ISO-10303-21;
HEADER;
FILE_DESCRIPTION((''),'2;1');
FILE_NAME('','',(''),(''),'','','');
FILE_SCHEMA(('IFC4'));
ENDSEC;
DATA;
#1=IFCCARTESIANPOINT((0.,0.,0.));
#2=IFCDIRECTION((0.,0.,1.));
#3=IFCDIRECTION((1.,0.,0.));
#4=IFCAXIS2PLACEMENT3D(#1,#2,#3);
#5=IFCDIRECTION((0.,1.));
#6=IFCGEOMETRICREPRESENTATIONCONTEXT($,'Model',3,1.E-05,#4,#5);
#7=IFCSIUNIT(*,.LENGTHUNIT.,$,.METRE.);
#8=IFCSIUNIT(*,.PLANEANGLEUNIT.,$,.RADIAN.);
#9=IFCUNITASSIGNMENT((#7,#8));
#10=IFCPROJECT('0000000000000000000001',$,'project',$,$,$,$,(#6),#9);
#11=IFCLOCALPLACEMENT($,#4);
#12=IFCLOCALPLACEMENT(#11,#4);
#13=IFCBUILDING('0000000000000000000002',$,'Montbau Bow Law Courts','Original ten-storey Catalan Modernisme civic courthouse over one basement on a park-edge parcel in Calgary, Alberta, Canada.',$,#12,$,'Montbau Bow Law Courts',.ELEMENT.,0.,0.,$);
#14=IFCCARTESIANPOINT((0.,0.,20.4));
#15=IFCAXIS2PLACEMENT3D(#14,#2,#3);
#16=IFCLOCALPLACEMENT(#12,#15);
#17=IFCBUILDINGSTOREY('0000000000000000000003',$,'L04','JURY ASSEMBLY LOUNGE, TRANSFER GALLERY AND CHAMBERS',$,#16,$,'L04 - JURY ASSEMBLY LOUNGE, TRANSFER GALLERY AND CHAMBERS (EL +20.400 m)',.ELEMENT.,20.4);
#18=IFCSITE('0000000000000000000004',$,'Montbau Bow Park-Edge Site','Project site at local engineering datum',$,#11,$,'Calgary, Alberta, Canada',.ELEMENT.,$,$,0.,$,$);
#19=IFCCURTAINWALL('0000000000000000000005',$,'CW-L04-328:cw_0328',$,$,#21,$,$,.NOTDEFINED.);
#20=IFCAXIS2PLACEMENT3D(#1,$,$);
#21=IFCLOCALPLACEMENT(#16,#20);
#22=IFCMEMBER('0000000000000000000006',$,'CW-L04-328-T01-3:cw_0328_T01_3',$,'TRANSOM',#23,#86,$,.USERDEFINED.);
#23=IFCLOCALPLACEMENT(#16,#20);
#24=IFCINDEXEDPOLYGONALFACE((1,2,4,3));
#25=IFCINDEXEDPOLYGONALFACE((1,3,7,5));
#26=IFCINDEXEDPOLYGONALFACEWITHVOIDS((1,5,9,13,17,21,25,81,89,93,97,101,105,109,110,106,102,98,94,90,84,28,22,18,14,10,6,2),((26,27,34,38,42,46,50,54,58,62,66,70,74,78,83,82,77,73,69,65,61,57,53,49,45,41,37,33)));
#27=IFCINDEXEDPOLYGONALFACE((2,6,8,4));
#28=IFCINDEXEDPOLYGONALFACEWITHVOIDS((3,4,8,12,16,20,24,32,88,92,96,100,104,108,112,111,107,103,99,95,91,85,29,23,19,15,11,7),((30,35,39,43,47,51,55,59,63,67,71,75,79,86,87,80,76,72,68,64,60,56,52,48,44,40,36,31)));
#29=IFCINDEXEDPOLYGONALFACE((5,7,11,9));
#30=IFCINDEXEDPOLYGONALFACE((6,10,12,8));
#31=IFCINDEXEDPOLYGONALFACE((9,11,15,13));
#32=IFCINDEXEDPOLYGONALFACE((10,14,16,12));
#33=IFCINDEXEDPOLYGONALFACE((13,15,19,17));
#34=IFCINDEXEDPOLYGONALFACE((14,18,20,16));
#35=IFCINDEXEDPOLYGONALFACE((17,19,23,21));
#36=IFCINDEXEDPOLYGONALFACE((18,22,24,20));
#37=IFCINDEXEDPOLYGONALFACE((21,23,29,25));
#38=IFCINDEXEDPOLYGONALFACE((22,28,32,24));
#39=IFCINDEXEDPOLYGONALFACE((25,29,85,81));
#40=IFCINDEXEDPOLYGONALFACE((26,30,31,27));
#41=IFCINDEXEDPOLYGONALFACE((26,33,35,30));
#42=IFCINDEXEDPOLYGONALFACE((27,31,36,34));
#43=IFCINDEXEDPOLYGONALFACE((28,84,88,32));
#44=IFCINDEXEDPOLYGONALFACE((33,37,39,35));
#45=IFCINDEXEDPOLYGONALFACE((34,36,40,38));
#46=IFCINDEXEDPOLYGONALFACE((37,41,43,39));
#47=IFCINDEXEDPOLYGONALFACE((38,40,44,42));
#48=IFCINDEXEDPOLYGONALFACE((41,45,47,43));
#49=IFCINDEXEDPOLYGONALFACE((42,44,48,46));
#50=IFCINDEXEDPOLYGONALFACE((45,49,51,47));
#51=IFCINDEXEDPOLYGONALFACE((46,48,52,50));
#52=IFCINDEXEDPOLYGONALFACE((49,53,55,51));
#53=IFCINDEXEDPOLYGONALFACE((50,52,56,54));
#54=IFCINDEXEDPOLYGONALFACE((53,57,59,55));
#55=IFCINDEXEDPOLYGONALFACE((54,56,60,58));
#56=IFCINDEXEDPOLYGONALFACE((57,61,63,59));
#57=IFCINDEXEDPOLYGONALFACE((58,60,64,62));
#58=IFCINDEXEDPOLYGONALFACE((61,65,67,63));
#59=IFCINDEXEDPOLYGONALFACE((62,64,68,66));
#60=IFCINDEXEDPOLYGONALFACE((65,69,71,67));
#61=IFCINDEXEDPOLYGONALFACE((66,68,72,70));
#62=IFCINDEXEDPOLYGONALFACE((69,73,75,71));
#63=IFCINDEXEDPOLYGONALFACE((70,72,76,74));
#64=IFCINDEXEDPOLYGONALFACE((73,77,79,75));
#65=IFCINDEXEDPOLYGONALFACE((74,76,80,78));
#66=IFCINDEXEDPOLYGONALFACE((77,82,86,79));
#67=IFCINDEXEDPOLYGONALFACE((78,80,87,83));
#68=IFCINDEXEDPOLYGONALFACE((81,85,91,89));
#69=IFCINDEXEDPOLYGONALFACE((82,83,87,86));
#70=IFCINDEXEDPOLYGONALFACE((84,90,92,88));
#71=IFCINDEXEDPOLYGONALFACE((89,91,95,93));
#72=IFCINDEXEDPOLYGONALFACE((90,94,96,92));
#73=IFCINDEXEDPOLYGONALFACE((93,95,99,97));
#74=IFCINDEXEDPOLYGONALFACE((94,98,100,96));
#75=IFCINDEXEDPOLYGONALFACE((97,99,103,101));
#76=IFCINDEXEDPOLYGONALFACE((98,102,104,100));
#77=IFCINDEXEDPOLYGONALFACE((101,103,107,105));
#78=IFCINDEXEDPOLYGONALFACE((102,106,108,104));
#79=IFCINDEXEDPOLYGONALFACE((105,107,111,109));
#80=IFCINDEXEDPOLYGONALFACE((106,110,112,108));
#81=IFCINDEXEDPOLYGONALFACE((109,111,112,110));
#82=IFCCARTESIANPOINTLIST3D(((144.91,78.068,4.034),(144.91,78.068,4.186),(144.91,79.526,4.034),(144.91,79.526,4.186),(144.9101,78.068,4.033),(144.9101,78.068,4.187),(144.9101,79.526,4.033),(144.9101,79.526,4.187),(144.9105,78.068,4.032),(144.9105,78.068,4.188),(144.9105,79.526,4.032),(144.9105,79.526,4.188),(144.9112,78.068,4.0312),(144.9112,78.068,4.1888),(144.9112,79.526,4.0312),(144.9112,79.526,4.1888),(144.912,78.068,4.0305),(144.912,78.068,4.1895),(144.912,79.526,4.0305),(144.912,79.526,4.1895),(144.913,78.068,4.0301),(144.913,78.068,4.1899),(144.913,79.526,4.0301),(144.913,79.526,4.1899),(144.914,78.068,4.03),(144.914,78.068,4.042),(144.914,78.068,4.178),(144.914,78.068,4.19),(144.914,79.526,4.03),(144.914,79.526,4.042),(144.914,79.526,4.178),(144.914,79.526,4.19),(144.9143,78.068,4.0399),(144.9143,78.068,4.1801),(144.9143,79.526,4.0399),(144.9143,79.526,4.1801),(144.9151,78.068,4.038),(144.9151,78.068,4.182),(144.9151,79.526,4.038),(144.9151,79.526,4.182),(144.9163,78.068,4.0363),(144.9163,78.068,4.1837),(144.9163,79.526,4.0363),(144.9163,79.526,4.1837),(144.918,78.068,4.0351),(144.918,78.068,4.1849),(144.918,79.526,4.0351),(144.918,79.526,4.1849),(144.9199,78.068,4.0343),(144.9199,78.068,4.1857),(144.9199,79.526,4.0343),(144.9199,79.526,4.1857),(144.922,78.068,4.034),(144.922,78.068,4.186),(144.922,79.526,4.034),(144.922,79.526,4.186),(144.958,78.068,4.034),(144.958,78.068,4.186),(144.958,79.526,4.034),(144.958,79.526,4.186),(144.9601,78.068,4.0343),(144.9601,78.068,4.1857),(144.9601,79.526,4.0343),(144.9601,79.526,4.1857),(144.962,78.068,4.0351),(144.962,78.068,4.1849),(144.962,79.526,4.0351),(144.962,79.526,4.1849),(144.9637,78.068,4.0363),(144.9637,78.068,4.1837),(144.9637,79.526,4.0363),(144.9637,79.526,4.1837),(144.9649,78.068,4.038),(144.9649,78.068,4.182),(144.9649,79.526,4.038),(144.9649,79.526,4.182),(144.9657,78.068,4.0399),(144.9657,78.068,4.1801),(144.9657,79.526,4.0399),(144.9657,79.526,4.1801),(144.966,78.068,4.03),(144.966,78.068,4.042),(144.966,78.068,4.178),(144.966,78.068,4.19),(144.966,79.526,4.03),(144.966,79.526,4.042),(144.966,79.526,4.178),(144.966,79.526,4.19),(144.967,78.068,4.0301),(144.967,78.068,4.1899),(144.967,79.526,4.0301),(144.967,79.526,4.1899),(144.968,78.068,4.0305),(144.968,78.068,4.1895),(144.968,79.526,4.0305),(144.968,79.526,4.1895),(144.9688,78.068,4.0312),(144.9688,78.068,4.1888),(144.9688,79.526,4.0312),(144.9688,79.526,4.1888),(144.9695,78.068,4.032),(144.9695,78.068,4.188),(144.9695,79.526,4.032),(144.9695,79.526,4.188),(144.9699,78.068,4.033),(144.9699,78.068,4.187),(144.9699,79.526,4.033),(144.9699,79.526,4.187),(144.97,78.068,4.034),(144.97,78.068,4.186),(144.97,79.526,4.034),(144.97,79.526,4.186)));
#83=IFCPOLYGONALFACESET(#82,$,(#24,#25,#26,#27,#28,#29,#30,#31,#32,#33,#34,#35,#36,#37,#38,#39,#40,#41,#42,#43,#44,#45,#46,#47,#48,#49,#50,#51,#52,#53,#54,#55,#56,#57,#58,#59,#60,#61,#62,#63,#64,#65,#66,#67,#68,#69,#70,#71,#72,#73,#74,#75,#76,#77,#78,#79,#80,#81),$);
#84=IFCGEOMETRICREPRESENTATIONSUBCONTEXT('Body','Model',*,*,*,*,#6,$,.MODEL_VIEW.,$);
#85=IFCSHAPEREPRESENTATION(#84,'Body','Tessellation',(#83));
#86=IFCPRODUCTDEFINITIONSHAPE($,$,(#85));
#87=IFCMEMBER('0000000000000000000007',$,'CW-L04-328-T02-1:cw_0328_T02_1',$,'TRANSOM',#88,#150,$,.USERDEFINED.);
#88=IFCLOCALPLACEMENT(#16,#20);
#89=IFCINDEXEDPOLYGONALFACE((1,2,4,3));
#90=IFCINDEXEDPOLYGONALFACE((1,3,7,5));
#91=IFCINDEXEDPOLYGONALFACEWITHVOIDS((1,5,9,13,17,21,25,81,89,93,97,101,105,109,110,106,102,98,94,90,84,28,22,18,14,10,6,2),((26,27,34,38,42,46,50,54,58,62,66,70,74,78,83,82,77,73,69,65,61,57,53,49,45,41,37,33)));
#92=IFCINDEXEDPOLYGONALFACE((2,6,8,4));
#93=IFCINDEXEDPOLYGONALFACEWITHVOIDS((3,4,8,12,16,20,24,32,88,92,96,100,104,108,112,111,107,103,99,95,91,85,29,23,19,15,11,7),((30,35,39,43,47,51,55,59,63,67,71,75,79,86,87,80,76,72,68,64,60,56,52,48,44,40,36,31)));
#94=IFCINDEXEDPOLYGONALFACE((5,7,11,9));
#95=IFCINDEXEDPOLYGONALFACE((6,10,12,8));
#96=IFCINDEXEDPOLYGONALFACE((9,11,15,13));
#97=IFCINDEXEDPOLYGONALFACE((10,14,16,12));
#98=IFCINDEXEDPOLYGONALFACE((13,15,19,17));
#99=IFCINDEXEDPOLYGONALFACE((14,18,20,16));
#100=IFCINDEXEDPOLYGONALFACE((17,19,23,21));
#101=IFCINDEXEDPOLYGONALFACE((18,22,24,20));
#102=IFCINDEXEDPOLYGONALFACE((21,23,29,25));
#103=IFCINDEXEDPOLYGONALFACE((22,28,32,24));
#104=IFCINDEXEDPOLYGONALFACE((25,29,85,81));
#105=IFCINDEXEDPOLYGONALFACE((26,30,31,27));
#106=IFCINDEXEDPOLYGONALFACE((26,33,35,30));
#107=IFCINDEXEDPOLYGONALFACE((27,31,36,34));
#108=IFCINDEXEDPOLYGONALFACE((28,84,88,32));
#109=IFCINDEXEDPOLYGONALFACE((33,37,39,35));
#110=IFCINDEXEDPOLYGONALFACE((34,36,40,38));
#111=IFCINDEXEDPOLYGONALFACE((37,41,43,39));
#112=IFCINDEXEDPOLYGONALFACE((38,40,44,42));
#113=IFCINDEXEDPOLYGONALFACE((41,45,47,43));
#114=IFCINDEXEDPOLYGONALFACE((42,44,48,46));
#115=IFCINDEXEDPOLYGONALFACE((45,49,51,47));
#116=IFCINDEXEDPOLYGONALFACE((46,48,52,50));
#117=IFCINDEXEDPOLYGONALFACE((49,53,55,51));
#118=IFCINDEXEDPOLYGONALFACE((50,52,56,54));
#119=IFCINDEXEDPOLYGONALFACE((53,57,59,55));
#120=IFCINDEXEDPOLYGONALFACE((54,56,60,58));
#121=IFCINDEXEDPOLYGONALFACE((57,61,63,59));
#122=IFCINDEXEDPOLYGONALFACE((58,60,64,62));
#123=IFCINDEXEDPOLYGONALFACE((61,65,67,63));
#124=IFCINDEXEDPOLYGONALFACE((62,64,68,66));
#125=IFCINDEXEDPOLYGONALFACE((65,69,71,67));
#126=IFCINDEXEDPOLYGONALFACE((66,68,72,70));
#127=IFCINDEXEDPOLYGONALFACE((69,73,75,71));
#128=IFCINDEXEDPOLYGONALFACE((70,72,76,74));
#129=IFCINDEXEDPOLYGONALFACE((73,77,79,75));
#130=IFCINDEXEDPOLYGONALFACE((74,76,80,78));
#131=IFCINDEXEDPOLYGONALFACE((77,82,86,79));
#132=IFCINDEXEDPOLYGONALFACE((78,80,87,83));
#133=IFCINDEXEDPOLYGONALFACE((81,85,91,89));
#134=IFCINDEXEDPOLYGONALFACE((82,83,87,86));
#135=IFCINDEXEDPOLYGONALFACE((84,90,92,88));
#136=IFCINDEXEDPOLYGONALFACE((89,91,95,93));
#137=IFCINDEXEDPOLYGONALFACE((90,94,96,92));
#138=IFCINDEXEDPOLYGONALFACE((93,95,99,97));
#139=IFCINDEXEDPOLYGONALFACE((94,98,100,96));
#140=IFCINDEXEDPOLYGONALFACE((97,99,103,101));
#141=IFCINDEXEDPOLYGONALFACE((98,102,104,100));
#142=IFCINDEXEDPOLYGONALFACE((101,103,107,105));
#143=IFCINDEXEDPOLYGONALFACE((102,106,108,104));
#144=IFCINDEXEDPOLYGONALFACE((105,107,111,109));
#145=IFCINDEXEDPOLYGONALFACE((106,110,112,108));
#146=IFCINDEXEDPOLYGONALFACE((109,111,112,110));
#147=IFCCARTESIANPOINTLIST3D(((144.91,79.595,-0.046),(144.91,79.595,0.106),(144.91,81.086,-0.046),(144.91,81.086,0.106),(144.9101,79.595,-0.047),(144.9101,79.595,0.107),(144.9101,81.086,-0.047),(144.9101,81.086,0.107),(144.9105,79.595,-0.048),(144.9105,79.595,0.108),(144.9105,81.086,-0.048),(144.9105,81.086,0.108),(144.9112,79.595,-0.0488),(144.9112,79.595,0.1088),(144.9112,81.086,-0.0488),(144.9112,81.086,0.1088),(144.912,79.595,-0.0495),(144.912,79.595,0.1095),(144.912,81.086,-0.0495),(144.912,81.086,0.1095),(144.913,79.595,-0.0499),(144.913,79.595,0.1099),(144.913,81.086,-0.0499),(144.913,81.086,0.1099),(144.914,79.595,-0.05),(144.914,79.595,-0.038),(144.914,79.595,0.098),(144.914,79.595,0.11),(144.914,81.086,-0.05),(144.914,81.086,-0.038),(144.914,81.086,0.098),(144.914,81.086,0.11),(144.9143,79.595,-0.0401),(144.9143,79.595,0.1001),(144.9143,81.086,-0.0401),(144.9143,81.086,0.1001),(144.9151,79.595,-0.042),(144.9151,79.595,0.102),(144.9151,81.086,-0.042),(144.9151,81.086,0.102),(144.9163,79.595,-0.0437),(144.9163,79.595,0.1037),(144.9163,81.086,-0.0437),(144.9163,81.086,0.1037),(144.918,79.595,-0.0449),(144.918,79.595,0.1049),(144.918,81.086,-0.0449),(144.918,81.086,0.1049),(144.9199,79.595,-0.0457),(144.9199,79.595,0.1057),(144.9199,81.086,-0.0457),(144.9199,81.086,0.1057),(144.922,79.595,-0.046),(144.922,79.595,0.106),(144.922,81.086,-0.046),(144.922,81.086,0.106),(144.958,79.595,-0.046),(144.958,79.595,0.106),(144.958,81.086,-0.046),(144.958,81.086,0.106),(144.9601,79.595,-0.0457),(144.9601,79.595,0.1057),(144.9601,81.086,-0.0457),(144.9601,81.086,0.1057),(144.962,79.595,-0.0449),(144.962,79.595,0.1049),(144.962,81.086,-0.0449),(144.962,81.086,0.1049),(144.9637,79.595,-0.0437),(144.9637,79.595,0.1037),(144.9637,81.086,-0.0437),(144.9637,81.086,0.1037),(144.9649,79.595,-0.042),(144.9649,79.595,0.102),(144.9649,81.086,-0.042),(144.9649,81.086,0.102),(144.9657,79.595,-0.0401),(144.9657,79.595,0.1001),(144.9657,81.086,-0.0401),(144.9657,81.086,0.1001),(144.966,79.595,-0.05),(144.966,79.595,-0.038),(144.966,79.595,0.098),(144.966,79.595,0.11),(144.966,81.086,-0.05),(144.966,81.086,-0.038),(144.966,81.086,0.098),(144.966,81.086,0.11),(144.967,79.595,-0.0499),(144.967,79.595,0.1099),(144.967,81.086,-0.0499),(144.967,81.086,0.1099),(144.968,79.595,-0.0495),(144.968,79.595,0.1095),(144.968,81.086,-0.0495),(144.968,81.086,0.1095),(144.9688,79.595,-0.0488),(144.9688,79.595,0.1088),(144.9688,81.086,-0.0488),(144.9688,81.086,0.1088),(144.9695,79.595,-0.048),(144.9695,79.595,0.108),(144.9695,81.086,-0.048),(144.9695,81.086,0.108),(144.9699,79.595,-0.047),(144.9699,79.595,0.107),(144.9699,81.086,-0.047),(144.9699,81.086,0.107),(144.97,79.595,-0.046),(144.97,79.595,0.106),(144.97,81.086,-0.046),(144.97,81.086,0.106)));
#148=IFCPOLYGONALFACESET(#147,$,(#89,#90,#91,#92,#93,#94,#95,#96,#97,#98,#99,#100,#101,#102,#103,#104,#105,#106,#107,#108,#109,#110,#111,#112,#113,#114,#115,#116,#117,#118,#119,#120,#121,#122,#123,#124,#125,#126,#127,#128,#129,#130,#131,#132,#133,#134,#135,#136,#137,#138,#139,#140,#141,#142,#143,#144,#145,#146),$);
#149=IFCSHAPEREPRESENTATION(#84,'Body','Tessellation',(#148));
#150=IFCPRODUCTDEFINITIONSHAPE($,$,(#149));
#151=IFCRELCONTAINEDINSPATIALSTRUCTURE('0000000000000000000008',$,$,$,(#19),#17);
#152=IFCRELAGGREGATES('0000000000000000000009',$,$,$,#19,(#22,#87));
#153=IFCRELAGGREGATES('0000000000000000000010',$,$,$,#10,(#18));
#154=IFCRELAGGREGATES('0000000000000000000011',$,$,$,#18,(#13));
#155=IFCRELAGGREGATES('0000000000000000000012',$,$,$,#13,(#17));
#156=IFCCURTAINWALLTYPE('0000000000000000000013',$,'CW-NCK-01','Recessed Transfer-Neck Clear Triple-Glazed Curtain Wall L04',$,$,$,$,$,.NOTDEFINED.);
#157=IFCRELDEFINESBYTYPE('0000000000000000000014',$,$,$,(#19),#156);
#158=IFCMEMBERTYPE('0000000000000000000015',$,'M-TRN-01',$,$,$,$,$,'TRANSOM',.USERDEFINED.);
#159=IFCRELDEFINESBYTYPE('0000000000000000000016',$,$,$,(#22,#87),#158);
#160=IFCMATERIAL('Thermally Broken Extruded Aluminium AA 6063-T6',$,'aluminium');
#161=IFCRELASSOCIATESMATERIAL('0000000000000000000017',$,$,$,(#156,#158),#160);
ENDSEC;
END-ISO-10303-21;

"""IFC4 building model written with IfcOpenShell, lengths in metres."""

from ifc_helpers import new_model, si_unit, direction, frame, origin_with_axes, origin_2d_with_axis, place, context, subcontext, project, spatial, hollow_rectangle, extrude, material, material_profile, profile_set, type_object, element, aggregate, save


model = new_model("IFC4")

# Units and contexts
model_context = context("Model", 3, precision=1e-05, world=origin_with_axes(), true_north=direction((0.0, 1.0)))
body_context = subcontext(model_context, "Body", "Model", "MODEL_VIEW")
ifc_project = project(units=[si_unit("LENGTHUNIT", "METRE"), si_unit("PLANEANGLEUNIT", "RADIAN")], contexts=[model_context])

# Site, building, storey
site_placement = place(None, origin_with_axes())
site = spatial("IfcSite", under=ifc_project, at=site_placement, Name="Montbau Bow Park-Edge Site", Description="Project site at local engineering datum", LongName="Calgary, Alberta, Canada", CompositionType="ELEMENT", RefElevation=0.0)
building_placement = place(site_placement, origin_with_axes())
building = spatial("IfcBuilding", under=site, at=building_placement, Name="Montbau Bow Law Courts", Description="Original ten-storey Catalan Modernisme civic courthouse over one basement on a park-edge parcel in Calgary, Alberta, Canada.", LongName="Montbau Bow Law Courts", CompositionType="ELEMENT", ElevationOfRefHeight=0.0, ElevationOfTerrain=0.0)
storey_placement = place(building_placement, frame((0.0, 0.0, 20.4), z_axis=(0.0, 0.0, 1.0), x_axis=(1.0, 0.0, 0.0)))
storey = spatial("IfcBuildingStorey", under=building, at=storey_placement, Name="L04", Description="JURY ASSEMBLY LOUNGE, TRANSFER GALLERY AND CHAMBERS", LongName="L04 - JURY ASSEMBLY LOUNGE, TRANSFER GALLERY AND CHAMBERS (EL +20.400 m)", CompositionType="ELEMENT", Elevation=20.4)

# Curtain wall, members
ifc_material_1 = material(Name="Thermally Broken Extruded Aluminium AA 6063-T6", Category="aluminium")
curtain_wall_type = type_object("IfcCurtainWallType", Name="CW-NCK-01", Description="Recessed Transfer-Neck Clear Triple-Glazed Curtain Wall L04", PredefinedType="NOTDEFINED", material=ifc_material_1)
curtain_wall_placement = place(None, frame((144.94, 78.0, 20.4), z_axis=(0.0, 0.0, 1.0), x_axis=(1.0, 0.0, 0.0)))
curtain_wall = element("IfcCurtainWall", 1, at=curtain_wall_placement, inside=storey, type_object=curtain_wall_type, Name="CW-L04-328:cw_0328", PredefinedType="NOTDEFINED")
ifc_material_profile_1 = material_profile(ifc_material_1, hollow_rectangle(XDim=0.06, YDim=0.16, WallThickness=0.004, InnerFilletRadius=0.008, OuterFilletRadius=0.004, at=origin_2d_with_axis()), Name="CWT-160X60", Category="Main", Priority=0)
ifc_profile_set_1 = profile_set([ifc_material_profile_1], Name="Thermally Broken Extruded Aluminium AA 6063-T6")
member_type_1 = type_object("IfcMemberType", Name="M-TRN-01", ElementType="TRANSOM", PredefinedType="USERDEFINED", material=ifc_profile_set_1)
member_1_placement = place(None, frame((144.94, 78.068, 24.51), z_axis=(0.0, 1.0, 0.0), x_axis=(-1.0, 0.0, 0.0)))
member_1 = element("IfcMember", 2, at=member_1_placement, type_object=member_type_1, Name="CW-L04-328-T01-3:cw_0328_T01_3", ObjectType="TRANSOM", PredefinedType="USERDEFINED", context=body_context, shape_type="SweptSolid", body=[
    extrude(hollow_rectangle(XDim=0.06, YDim=0.16, WallThickness=0.004, InnerFilletRadius=0.008, OuterFilletRadius=0.004, at=origin_2d_with_axis()), origin_with_axes(), (0.0, 0.0, 1.0), 1.458),
])
member_2_placement = place(None, frame((144.94, 79.595, 20.43), z_axis=(0.0, 1.0, 0.0), x_axis=(-1.0, 0.0, 0.0)))
member_2 = element("IfcMember", 3, at=member_2_placement, type_object=member_type_1, Name="CW-L04-328-T02-1:cw_0328_T02_1", ObjectType="TRANSOM", PredefinedType="USERDEFINED", context=body_context, shape_type="SweptSolid", body=[
    extrude(hollow_rectangle(XDim=0.06, YDim=0.16, WallThickness=0.004, InnerFilletRadius=0.008, OuterFilletRadius=0.004, at=origin_2d_with_axis()), origin_with_axes(), (0.0, 0.0, 1.0), 1.491),
])
aggregate(curtain_wall, [member_1, member_2])

save(model, "model.ifc")
